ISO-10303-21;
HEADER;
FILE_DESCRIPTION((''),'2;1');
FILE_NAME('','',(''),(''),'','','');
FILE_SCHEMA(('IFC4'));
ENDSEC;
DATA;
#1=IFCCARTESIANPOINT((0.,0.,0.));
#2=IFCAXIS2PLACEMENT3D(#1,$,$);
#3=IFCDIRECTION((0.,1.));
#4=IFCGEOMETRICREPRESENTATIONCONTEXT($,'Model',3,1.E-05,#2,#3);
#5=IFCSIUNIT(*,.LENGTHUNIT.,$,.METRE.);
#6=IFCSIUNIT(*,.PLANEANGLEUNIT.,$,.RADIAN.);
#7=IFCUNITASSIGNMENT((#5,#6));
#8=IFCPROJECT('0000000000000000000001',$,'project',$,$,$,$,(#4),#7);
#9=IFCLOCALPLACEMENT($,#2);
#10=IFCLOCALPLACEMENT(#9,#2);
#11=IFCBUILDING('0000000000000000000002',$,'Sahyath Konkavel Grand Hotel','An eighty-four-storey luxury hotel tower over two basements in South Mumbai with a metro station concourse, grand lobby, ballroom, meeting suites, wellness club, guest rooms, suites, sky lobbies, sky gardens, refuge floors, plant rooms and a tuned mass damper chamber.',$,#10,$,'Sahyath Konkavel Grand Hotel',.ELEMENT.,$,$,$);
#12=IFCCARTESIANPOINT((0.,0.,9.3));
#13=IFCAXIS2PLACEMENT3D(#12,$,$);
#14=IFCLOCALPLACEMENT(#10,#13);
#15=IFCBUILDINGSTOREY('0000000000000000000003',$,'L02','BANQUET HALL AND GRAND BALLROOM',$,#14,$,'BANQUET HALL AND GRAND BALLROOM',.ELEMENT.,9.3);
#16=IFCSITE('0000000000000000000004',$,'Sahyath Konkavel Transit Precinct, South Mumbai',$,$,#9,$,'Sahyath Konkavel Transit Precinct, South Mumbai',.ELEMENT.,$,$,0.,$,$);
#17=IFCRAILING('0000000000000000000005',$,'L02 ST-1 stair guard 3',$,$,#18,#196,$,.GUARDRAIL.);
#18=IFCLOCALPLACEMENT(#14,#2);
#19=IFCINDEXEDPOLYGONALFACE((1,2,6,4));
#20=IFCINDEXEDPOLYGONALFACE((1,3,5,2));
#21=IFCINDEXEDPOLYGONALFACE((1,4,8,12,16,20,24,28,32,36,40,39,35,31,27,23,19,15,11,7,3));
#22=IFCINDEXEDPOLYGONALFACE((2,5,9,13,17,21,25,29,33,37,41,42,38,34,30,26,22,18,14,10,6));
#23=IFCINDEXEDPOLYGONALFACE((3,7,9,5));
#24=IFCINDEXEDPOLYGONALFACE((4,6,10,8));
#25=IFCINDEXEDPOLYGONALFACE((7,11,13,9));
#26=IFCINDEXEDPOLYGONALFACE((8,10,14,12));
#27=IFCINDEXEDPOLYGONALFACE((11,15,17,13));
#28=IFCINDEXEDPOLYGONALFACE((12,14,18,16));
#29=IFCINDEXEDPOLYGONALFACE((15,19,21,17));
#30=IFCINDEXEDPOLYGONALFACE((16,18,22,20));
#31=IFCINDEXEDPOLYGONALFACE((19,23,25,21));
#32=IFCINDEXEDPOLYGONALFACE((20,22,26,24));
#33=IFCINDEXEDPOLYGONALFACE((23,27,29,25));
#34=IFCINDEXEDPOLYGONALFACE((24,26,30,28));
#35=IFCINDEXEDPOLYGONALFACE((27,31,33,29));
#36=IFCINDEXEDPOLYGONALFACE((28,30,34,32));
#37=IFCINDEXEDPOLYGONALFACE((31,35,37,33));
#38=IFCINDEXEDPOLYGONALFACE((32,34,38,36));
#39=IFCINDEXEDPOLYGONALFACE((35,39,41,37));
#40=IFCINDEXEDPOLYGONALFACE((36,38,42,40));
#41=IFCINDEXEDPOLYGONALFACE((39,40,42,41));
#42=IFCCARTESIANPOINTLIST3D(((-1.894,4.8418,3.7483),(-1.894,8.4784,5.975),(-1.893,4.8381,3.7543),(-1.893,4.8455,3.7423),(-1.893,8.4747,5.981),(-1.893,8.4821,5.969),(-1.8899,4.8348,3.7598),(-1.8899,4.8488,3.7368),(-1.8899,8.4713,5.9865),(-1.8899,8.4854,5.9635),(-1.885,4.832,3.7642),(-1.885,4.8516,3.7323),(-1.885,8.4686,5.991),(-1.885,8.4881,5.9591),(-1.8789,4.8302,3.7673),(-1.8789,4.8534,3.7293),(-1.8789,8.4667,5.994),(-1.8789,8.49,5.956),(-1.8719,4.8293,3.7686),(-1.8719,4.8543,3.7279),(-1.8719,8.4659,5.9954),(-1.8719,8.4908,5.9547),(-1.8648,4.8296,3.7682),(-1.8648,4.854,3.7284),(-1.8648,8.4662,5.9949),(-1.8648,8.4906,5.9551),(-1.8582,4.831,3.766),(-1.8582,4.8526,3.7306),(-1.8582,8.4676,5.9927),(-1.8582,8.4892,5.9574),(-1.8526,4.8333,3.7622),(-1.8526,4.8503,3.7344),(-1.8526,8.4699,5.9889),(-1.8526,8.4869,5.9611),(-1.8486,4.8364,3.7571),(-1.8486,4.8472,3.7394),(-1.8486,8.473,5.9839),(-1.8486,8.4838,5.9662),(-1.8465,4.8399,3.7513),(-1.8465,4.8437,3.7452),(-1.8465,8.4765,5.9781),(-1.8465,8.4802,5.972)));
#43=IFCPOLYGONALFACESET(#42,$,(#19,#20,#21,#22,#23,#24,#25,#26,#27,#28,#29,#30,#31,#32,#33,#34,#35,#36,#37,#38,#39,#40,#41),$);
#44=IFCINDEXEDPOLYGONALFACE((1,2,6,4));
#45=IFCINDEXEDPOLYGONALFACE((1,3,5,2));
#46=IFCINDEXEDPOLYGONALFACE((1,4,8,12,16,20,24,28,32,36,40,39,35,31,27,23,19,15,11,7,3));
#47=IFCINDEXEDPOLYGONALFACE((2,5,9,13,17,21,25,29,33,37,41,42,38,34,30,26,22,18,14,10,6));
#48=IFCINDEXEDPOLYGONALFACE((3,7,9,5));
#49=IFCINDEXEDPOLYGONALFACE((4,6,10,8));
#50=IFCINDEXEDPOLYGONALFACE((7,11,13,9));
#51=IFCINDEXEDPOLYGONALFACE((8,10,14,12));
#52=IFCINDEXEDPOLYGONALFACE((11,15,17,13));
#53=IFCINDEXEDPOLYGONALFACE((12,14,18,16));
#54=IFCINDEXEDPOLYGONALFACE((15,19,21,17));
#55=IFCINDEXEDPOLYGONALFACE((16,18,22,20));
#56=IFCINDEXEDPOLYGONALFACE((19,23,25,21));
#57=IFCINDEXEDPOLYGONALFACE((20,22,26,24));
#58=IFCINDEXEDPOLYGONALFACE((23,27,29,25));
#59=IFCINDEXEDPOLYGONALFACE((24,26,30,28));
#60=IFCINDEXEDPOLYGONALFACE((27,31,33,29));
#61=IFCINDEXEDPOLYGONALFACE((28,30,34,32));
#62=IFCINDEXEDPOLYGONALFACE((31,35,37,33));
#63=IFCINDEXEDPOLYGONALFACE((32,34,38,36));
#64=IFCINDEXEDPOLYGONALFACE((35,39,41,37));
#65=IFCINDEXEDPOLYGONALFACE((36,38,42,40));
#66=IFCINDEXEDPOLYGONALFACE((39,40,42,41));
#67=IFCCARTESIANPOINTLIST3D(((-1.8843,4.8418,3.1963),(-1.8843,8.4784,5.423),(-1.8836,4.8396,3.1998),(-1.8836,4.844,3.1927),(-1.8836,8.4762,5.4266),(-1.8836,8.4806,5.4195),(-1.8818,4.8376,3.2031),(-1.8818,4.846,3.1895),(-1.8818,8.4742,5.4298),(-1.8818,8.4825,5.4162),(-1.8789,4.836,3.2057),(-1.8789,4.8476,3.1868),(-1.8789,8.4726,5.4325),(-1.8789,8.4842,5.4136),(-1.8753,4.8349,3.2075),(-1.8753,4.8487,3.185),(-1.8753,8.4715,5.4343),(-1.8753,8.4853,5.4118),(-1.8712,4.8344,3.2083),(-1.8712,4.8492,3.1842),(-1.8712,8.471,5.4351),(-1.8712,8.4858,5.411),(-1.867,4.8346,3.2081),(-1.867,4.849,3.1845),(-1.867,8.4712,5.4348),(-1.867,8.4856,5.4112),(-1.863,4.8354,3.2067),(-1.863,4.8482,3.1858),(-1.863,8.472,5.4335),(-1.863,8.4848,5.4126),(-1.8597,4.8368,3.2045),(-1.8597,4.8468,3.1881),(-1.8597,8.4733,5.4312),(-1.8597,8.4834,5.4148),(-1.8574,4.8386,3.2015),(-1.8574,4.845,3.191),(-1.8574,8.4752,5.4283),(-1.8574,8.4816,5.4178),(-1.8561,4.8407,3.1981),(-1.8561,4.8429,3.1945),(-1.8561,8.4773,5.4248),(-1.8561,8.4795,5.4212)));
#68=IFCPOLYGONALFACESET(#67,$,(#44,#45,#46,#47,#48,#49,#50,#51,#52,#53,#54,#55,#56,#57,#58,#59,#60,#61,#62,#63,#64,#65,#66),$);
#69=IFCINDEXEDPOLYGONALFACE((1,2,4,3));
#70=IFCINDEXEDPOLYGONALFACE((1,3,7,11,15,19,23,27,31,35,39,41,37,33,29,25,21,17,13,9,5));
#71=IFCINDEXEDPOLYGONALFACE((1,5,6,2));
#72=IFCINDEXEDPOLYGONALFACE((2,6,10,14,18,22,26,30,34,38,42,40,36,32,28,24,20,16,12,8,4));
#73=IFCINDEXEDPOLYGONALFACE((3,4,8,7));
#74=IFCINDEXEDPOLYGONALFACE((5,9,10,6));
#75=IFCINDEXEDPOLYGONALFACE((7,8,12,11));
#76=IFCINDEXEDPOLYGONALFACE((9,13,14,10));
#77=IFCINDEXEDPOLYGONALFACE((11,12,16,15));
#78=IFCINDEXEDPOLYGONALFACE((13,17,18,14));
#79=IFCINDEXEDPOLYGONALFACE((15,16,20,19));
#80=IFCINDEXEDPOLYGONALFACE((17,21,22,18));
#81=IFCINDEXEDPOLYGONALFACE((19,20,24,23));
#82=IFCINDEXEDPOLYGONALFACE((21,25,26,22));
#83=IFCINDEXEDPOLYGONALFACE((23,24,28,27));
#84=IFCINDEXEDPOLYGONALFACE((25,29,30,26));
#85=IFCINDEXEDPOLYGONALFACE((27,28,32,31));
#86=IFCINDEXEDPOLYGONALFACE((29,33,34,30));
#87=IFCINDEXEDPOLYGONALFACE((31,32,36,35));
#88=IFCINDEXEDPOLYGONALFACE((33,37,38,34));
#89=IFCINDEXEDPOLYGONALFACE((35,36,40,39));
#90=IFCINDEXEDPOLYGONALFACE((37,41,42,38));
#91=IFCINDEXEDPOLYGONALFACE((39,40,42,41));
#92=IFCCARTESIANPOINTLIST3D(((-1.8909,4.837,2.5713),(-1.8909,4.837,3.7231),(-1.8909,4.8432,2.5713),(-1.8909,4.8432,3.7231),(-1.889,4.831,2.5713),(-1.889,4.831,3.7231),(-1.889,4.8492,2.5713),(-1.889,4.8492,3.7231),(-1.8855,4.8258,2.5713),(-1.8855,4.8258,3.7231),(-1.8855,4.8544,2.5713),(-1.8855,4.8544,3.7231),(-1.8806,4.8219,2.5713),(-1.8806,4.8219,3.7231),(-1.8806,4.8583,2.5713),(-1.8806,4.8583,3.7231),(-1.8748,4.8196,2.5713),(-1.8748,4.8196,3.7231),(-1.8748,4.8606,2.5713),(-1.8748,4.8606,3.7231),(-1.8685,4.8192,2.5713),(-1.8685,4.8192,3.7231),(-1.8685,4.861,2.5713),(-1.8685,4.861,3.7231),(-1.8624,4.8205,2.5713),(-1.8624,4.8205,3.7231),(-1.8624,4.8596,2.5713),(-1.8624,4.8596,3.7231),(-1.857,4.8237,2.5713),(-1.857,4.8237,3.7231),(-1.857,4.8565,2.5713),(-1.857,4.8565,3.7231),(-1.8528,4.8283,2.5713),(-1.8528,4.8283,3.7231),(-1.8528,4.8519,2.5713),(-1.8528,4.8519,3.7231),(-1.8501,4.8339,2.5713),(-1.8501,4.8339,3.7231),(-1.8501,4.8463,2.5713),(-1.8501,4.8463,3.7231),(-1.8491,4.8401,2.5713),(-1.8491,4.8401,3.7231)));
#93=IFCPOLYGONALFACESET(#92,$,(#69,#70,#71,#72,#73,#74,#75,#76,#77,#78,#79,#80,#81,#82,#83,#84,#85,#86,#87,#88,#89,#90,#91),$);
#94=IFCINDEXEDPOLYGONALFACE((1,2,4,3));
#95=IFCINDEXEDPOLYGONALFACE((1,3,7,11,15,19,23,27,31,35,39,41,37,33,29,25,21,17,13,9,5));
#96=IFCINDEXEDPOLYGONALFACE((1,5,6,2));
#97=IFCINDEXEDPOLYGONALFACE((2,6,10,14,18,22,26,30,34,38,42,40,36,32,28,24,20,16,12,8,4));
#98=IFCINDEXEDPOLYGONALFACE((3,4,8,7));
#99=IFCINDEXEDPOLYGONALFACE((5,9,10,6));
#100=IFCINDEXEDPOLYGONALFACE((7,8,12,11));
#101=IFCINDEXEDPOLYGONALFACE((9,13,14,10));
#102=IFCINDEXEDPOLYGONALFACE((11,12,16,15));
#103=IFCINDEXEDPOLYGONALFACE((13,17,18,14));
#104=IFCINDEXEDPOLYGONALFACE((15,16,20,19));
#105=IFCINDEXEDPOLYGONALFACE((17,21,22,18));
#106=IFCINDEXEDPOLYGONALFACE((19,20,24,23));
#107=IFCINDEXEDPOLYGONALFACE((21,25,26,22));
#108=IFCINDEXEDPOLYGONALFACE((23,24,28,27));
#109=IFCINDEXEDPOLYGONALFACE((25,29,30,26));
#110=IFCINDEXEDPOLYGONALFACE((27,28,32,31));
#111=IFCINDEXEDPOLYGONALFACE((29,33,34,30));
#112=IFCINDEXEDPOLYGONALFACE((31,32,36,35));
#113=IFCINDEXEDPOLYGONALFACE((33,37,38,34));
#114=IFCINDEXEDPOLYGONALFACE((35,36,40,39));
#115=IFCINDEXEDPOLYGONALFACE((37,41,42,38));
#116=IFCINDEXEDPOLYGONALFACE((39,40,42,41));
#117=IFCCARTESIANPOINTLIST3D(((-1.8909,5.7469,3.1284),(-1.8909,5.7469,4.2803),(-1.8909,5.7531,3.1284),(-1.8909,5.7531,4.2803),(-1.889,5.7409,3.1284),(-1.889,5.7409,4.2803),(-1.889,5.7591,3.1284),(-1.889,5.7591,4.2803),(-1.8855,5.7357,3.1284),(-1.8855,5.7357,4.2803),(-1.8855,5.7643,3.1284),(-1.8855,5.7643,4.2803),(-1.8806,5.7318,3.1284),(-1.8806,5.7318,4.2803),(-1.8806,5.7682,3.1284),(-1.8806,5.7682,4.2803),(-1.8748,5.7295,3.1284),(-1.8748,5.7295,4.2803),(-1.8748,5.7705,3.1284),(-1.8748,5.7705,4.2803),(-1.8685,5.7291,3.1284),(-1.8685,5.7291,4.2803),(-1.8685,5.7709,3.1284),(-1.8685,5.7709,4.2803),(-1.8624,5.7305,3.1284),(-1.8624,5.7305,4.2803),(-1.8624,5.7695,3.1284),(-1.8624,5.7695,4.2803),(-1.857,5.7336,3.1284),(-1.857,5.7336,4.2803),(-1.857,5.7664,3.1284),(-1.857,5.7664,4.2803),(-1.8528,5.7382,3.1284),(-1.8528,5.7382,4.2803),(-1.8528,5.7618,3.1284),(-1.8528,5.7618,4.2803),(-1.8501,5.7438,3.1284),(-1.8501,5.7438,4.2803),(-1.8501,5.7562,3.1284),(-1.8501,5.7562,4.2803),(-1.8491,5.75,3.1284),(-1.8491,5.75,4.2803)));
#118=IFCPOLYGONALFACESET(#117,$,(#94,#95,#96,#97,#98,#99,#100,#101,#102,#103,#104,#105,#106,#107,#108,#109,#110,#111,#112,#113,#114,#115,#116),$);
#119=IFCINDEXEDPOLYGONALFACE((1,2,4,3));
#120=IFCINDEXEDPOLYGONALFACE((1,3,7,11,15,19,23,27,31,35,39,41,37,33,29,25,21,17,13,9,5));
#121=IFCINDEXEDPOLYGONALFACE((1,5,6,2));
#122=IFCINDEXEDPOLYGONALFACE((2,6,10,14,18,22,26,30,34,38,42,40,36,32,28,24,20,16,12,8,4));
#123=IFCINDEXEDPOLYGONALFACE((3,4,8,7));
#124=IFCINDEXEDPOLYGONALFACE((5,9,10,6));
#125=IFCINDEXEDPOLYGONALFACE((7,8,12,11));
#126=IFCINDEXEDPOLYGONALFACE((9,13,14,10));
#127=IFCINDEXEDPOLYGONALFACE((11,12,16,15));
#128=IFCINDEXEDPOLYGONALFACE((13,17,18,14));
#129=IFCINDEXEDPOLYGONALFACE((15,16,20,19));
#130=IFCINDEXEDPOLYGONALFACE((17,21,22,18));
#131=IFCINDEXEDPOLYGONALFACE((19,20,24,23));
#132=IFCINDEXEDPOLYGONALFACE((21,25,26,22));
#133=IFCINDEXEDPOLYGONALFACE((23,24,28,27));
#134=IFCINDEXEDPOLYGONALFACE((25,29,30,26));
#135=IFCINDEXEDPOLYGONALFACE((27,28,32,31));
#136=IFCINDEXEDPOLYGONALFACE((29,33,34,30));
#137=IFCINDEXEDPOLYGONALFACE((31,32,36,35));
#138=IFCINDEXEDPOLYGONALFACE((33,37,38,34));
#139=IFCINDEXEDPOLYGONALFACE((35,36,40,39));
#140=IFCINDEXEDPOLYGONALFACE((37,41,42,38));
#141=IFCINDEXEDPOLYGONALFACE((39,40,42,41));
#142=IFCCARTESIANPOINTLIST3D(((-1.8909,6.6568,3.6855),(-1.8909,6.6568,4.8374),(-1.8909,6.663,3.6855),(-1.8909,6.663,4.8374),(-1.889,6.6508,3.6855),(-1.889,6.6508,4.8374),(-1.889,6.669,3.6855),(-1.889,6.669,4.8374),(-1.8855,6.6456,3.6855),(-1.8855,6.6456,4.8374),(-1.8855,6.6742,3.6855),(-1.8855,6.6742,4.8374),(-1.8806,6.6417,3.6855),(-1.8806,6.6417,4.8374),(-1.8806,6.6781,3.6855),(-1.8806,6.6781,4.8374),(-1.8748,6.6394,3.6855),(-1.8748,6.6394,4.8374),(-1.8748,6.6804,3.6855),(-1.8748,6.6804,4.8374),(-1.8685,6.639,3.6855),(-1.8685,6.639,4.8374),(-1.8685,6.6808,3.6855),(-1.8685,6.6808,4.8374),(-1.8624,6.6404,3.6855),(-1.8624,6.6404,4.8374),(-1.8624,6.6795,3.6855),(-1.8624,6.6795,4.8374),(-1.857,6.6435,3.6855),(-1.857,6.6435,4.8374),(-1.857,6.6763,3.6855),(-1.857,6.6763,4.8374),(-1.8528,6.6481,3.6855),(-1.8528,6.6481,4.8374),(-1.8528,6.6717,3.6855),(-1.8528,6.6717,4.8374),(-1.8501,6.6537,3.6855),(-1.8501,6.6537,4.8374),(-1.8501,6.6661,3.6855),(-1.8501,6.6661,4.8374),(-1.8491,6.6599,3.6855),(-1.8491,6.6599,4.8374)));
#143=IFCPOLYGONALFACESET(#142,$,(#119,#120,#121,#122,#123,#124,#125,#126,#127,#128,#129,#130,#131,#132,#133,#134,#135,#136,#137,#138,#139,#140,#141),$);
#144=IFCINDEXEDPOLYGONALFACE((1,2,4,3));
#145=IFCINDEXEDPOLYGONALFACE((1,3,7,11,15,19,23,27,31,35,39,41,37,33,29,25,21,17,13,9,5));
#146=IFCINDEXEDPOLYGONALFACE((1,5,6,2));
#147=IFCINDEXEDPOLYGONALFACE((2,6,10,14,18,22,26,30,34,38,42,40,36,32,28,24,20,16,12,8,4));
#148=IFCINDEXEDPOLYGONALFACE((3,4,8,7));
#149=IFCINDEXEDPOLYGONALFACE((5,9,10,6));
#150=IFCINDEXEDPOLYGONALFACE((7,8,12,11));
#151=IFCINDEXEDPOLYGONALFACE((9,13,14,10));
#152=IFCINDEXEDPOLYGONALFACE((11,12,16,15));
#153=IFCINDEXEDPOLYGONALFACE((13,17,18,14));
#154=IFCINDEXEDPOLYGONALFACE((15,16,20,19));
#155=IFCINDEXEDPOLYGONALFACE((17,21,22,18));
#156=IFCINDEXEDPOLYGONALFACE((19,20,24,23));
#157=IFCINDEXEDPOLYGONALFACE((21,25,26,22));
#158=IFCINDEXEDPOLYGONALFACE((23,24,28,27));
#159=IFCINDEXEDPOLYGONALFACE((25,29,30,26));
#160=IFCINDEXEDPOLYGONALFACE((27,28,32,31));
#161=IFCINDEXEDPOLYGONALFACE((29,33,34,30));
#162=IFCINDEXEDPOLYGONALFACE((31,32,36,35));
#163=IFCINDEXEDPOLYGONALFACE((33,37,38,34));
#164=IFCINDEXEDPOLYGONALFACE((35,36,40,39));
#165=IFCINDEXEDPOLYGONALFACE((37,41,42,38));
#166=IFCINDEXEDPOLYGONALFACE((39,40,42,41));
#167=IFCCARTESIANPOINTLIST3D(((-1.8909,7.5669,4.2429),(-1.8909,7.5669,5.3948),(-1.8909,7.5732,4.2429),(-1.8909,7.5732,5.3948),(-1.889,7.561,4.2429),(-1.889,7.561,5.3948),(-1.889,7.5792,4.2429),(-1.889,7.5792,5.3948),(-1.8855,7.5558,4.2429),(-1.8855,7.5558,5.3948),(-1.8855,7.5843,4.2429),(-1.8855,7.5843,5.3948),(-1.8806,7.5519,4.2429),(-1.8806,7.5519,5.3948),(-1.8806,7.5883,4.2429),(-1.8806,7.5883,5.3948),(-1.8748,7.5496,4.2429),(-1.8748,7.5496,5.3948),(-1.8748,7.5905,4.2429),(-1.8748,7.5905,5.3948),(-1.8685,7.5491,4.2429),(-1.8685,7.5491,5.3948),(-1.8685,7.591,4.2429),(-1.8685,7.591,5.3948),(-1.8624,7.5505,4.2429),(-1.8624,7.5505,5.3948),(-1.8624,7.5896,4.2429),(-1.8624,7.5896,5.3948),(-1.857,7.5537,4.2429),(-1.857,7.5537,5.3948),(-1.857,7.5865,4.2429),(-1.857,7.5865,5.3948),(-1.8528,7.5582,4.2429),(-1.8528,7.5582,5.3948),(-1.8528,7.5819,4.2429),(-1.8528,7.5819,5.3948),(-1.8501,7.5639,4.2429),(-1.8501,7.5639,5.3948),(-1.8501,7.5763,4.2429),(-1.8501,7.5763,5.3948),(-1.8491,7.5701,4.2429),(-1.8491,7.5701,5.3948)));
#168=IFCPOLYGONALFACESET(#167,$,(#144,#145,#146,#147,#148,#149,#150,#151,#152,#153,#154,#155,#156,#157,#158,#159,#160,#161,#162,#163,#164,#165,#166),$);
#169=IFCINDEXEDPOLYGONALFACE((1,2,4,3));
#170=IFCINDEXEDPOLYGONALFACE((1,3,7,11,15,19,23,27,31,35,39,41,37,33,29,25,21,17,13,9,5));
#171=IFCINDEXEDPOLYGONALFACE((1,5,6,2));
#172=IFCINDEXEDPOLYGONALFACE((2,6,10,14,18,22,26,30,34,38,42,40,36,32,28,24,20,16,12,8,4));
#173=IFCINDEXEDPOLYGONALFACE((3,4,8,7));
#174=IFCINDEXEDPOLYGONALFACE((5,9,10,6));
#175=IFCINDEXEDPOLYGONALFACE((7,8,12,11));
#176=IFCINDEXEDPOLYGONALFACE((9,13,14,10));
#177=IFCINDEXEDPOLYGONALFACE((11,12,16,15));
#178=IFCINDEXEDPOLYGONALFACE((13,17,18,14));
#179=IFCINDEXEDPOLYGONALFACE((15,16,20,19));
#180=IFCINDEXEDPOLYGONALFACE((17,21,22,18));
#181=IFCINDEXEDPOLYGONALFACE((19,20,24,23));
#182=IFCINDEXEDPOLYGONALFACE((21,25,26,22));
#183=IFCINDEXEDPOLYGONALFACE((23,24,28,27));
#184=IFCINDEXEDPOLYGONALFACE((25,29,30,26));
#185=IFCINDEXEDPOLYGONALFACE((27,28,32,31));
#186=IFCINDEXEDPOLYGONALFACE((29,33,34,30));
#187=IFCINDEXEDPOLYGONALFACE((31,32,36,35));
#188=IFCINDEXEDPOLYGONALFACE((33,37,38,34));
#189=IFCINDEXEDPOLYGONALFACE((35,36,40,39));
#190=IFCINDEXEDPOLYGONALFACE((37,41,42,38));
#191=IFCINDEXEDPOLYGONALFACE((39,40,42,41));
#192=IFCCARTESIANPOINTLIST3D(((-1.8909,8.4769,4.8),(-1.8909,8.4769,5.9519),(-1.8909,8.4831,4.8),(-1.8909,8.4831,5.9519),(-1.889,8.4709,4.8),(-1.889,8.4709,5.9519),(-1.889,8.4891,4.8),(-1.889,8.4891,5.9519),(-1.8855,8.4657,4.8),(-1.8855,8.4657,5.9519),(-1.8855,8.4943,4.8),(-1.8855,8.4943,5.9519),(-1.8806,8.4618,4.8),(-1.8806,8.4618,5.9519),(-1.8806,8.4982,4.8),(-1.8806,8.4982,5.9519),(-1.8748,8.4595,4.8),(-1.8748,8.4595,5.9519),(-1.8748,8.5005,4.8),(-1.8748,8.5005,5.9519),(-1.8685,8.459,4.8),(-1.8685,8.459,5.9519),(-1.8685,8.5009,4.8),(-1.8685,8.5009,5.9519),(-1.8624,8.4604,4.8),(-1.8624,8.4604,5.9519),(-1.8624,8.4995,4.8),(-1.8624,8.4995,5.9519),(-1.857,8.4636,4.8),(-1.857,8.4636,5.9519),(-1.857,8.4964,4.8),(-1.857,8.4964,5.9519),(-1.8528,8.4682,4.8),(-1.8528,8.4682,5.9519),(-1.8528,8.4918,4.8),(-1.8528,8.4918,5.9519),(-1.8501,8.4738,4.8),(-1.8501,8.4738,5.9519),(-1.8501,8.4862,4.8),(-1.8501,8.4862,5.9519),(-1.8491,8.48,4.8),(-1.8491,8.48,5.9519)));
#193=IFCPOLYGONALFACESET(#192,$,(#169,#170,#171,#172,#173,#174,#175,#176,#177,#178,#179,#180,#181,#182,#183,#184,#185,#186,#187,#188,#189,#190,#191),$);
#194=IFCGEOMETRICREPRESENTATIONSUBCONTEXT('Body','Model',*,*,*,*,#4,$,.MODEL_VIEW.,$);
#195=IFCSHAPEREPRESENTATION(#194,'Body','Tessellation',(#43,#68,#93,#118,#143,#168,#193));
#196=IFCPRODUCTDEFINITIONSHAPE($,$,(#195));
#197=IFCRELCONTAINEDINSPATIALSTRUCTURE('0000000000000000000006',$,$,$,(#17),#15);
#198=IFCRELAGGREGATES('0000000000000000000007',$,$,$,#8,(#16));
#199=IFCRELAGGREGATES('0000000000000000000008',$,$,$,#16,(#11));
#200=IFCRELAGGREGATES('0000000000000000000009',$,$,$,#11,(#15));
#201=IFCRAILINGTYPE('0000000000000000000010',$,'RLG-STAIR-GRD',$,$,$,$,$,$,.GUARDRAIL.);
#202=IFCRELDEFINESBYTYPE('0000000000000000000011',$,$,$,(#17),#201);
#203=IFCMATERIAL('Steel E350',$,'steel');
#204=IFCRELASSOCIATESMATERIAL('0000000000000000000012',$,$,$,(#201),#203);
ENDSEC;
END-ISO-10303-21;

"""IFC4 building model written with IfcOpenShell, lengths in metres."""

from ifc_helpers import new_model, si_unit, direction, frame, origin, origin_2d, place, context, subcontext, project, spatial, circle, extrude, material, type_object, element, save


model = new_model("IFC4")

# Units and contexts
model_context = context("Model", 3, precision=1e-05, world=origin(), true_north=direction((0.0, 1.0)))
body_context = subcontext(model_context, "Body", "Model", "MODEL_VIEW")
ifc_project = project(units=[si_unit("LENGTHUNIT", "METRE"), si_unit("PLANEANGLEUNIT", "RADIAN")], contexts=[model_context])

# Site, building, storey
site_placement = place(None, origin())
site = spatial("IfcSite", under=ifc_project, at=site_placement, Name="Sahyath Konkavel Transit Precinct, South Mumbai", LongName="Sahyath Konkavel Transit Precinct, South Mumbai", CompositionType="ELEMENT", RefElevation=0.0)
building_placement = place(site_placement, origin())
building = spatial("IfcBuilding", under=site, at=building_placement, Name="Sahyath Konkavel Grand Hotel", Description="An eighty-four-storey luxury hotel tower over two basements in South Mumbai with a metro station concourse, grand lobby, ballroom, meeting suites, wellness club, guest rooms, suites, sky lobbies, sky gardens, refuge floors, plant rooms and a tuned mass damper chamber.", LongName="Sahyath Konkavel Grand Hotel", CompositionType="ELEMENT")
storey_placement = place(building_placement, frame((0.0, 0.0, 9.3)))
storey = spatial("IfcBuildingStorey", under=building, at=storey_placement, Name="L02", Description="BANQUET HALL AND GRAND BALLROOM", LongName="BANQUET HALL AND GRAND BALLROOM", CompositionType="ELEMENT", Elevation=9.3)

# Shared definitions
ifc_material_1 = material(Name="Steel E350", Category="steel")

# Railing
railing_type = type_object("IfcRailingType", Name="RLG-STAIR-GRD", PredefinedType="GUARDRAIL", material=ifc_material_1)
railing_1_placement = place(storey_placement, frame((-1.8701, 4.8401, 2.5713)))
element("IfcRailing", 1, at=railing_1_placement, inside=storey, type_object=railing_type, Name="L02 ST-1 stair guard 3", PredefinedType="GUARDRAIL", context=body_context, shape_type="SweptSolid", body=[
    extrude(circle(Radius=0.0239, at=origin_2d()), frame((0.0, 0.0017, 1.177), z_axis=(0.0, 0.852825, 0.522197), x_axis=(-1.0, 0.0, 0.0)), (0.0, 0.0, 1.0), 4.2642),
    extrude(circle(Radius=0.0142, at=origin_2d()), frame((0.0, 0.0017, 0.625), z_axis=(0.0, 0.852825, 0.522197), x_axis=(-1.0, 0.0, 0.0)), (0.0, 0.0, 1.0), 4.2642),
    extrude(circle(Radius=0.021, at=origin_2d()), origin(), (0.0, 0.0, 1.0), 1.1519),
    extrude(circle(Radius=0.021, at=origin_2d()), frame((0.0, 0.9099, 0.5571)), (0.0, 0.0, 1.0), 1.1519),
    extrude(circle(Radius=0.021, at=origin_2d()), frame((0.0, 1.8198, 1.1143)), (0.0, 0.0, 1.0), 1.1519),
    extrude(circle(Radius=0.021, at=origin_2d()), frame((0.0, 2.73, 1.6716)), (0.0, 0.0, 1.0), 1.1519),
    extrude(circle(Radius=0.021, at=origin_2d()), frame((0.0, 3.6399, 2.2288)), (0.0, 0.0, 1.0), 1.1519),
])

save(model, "model.ifc")
